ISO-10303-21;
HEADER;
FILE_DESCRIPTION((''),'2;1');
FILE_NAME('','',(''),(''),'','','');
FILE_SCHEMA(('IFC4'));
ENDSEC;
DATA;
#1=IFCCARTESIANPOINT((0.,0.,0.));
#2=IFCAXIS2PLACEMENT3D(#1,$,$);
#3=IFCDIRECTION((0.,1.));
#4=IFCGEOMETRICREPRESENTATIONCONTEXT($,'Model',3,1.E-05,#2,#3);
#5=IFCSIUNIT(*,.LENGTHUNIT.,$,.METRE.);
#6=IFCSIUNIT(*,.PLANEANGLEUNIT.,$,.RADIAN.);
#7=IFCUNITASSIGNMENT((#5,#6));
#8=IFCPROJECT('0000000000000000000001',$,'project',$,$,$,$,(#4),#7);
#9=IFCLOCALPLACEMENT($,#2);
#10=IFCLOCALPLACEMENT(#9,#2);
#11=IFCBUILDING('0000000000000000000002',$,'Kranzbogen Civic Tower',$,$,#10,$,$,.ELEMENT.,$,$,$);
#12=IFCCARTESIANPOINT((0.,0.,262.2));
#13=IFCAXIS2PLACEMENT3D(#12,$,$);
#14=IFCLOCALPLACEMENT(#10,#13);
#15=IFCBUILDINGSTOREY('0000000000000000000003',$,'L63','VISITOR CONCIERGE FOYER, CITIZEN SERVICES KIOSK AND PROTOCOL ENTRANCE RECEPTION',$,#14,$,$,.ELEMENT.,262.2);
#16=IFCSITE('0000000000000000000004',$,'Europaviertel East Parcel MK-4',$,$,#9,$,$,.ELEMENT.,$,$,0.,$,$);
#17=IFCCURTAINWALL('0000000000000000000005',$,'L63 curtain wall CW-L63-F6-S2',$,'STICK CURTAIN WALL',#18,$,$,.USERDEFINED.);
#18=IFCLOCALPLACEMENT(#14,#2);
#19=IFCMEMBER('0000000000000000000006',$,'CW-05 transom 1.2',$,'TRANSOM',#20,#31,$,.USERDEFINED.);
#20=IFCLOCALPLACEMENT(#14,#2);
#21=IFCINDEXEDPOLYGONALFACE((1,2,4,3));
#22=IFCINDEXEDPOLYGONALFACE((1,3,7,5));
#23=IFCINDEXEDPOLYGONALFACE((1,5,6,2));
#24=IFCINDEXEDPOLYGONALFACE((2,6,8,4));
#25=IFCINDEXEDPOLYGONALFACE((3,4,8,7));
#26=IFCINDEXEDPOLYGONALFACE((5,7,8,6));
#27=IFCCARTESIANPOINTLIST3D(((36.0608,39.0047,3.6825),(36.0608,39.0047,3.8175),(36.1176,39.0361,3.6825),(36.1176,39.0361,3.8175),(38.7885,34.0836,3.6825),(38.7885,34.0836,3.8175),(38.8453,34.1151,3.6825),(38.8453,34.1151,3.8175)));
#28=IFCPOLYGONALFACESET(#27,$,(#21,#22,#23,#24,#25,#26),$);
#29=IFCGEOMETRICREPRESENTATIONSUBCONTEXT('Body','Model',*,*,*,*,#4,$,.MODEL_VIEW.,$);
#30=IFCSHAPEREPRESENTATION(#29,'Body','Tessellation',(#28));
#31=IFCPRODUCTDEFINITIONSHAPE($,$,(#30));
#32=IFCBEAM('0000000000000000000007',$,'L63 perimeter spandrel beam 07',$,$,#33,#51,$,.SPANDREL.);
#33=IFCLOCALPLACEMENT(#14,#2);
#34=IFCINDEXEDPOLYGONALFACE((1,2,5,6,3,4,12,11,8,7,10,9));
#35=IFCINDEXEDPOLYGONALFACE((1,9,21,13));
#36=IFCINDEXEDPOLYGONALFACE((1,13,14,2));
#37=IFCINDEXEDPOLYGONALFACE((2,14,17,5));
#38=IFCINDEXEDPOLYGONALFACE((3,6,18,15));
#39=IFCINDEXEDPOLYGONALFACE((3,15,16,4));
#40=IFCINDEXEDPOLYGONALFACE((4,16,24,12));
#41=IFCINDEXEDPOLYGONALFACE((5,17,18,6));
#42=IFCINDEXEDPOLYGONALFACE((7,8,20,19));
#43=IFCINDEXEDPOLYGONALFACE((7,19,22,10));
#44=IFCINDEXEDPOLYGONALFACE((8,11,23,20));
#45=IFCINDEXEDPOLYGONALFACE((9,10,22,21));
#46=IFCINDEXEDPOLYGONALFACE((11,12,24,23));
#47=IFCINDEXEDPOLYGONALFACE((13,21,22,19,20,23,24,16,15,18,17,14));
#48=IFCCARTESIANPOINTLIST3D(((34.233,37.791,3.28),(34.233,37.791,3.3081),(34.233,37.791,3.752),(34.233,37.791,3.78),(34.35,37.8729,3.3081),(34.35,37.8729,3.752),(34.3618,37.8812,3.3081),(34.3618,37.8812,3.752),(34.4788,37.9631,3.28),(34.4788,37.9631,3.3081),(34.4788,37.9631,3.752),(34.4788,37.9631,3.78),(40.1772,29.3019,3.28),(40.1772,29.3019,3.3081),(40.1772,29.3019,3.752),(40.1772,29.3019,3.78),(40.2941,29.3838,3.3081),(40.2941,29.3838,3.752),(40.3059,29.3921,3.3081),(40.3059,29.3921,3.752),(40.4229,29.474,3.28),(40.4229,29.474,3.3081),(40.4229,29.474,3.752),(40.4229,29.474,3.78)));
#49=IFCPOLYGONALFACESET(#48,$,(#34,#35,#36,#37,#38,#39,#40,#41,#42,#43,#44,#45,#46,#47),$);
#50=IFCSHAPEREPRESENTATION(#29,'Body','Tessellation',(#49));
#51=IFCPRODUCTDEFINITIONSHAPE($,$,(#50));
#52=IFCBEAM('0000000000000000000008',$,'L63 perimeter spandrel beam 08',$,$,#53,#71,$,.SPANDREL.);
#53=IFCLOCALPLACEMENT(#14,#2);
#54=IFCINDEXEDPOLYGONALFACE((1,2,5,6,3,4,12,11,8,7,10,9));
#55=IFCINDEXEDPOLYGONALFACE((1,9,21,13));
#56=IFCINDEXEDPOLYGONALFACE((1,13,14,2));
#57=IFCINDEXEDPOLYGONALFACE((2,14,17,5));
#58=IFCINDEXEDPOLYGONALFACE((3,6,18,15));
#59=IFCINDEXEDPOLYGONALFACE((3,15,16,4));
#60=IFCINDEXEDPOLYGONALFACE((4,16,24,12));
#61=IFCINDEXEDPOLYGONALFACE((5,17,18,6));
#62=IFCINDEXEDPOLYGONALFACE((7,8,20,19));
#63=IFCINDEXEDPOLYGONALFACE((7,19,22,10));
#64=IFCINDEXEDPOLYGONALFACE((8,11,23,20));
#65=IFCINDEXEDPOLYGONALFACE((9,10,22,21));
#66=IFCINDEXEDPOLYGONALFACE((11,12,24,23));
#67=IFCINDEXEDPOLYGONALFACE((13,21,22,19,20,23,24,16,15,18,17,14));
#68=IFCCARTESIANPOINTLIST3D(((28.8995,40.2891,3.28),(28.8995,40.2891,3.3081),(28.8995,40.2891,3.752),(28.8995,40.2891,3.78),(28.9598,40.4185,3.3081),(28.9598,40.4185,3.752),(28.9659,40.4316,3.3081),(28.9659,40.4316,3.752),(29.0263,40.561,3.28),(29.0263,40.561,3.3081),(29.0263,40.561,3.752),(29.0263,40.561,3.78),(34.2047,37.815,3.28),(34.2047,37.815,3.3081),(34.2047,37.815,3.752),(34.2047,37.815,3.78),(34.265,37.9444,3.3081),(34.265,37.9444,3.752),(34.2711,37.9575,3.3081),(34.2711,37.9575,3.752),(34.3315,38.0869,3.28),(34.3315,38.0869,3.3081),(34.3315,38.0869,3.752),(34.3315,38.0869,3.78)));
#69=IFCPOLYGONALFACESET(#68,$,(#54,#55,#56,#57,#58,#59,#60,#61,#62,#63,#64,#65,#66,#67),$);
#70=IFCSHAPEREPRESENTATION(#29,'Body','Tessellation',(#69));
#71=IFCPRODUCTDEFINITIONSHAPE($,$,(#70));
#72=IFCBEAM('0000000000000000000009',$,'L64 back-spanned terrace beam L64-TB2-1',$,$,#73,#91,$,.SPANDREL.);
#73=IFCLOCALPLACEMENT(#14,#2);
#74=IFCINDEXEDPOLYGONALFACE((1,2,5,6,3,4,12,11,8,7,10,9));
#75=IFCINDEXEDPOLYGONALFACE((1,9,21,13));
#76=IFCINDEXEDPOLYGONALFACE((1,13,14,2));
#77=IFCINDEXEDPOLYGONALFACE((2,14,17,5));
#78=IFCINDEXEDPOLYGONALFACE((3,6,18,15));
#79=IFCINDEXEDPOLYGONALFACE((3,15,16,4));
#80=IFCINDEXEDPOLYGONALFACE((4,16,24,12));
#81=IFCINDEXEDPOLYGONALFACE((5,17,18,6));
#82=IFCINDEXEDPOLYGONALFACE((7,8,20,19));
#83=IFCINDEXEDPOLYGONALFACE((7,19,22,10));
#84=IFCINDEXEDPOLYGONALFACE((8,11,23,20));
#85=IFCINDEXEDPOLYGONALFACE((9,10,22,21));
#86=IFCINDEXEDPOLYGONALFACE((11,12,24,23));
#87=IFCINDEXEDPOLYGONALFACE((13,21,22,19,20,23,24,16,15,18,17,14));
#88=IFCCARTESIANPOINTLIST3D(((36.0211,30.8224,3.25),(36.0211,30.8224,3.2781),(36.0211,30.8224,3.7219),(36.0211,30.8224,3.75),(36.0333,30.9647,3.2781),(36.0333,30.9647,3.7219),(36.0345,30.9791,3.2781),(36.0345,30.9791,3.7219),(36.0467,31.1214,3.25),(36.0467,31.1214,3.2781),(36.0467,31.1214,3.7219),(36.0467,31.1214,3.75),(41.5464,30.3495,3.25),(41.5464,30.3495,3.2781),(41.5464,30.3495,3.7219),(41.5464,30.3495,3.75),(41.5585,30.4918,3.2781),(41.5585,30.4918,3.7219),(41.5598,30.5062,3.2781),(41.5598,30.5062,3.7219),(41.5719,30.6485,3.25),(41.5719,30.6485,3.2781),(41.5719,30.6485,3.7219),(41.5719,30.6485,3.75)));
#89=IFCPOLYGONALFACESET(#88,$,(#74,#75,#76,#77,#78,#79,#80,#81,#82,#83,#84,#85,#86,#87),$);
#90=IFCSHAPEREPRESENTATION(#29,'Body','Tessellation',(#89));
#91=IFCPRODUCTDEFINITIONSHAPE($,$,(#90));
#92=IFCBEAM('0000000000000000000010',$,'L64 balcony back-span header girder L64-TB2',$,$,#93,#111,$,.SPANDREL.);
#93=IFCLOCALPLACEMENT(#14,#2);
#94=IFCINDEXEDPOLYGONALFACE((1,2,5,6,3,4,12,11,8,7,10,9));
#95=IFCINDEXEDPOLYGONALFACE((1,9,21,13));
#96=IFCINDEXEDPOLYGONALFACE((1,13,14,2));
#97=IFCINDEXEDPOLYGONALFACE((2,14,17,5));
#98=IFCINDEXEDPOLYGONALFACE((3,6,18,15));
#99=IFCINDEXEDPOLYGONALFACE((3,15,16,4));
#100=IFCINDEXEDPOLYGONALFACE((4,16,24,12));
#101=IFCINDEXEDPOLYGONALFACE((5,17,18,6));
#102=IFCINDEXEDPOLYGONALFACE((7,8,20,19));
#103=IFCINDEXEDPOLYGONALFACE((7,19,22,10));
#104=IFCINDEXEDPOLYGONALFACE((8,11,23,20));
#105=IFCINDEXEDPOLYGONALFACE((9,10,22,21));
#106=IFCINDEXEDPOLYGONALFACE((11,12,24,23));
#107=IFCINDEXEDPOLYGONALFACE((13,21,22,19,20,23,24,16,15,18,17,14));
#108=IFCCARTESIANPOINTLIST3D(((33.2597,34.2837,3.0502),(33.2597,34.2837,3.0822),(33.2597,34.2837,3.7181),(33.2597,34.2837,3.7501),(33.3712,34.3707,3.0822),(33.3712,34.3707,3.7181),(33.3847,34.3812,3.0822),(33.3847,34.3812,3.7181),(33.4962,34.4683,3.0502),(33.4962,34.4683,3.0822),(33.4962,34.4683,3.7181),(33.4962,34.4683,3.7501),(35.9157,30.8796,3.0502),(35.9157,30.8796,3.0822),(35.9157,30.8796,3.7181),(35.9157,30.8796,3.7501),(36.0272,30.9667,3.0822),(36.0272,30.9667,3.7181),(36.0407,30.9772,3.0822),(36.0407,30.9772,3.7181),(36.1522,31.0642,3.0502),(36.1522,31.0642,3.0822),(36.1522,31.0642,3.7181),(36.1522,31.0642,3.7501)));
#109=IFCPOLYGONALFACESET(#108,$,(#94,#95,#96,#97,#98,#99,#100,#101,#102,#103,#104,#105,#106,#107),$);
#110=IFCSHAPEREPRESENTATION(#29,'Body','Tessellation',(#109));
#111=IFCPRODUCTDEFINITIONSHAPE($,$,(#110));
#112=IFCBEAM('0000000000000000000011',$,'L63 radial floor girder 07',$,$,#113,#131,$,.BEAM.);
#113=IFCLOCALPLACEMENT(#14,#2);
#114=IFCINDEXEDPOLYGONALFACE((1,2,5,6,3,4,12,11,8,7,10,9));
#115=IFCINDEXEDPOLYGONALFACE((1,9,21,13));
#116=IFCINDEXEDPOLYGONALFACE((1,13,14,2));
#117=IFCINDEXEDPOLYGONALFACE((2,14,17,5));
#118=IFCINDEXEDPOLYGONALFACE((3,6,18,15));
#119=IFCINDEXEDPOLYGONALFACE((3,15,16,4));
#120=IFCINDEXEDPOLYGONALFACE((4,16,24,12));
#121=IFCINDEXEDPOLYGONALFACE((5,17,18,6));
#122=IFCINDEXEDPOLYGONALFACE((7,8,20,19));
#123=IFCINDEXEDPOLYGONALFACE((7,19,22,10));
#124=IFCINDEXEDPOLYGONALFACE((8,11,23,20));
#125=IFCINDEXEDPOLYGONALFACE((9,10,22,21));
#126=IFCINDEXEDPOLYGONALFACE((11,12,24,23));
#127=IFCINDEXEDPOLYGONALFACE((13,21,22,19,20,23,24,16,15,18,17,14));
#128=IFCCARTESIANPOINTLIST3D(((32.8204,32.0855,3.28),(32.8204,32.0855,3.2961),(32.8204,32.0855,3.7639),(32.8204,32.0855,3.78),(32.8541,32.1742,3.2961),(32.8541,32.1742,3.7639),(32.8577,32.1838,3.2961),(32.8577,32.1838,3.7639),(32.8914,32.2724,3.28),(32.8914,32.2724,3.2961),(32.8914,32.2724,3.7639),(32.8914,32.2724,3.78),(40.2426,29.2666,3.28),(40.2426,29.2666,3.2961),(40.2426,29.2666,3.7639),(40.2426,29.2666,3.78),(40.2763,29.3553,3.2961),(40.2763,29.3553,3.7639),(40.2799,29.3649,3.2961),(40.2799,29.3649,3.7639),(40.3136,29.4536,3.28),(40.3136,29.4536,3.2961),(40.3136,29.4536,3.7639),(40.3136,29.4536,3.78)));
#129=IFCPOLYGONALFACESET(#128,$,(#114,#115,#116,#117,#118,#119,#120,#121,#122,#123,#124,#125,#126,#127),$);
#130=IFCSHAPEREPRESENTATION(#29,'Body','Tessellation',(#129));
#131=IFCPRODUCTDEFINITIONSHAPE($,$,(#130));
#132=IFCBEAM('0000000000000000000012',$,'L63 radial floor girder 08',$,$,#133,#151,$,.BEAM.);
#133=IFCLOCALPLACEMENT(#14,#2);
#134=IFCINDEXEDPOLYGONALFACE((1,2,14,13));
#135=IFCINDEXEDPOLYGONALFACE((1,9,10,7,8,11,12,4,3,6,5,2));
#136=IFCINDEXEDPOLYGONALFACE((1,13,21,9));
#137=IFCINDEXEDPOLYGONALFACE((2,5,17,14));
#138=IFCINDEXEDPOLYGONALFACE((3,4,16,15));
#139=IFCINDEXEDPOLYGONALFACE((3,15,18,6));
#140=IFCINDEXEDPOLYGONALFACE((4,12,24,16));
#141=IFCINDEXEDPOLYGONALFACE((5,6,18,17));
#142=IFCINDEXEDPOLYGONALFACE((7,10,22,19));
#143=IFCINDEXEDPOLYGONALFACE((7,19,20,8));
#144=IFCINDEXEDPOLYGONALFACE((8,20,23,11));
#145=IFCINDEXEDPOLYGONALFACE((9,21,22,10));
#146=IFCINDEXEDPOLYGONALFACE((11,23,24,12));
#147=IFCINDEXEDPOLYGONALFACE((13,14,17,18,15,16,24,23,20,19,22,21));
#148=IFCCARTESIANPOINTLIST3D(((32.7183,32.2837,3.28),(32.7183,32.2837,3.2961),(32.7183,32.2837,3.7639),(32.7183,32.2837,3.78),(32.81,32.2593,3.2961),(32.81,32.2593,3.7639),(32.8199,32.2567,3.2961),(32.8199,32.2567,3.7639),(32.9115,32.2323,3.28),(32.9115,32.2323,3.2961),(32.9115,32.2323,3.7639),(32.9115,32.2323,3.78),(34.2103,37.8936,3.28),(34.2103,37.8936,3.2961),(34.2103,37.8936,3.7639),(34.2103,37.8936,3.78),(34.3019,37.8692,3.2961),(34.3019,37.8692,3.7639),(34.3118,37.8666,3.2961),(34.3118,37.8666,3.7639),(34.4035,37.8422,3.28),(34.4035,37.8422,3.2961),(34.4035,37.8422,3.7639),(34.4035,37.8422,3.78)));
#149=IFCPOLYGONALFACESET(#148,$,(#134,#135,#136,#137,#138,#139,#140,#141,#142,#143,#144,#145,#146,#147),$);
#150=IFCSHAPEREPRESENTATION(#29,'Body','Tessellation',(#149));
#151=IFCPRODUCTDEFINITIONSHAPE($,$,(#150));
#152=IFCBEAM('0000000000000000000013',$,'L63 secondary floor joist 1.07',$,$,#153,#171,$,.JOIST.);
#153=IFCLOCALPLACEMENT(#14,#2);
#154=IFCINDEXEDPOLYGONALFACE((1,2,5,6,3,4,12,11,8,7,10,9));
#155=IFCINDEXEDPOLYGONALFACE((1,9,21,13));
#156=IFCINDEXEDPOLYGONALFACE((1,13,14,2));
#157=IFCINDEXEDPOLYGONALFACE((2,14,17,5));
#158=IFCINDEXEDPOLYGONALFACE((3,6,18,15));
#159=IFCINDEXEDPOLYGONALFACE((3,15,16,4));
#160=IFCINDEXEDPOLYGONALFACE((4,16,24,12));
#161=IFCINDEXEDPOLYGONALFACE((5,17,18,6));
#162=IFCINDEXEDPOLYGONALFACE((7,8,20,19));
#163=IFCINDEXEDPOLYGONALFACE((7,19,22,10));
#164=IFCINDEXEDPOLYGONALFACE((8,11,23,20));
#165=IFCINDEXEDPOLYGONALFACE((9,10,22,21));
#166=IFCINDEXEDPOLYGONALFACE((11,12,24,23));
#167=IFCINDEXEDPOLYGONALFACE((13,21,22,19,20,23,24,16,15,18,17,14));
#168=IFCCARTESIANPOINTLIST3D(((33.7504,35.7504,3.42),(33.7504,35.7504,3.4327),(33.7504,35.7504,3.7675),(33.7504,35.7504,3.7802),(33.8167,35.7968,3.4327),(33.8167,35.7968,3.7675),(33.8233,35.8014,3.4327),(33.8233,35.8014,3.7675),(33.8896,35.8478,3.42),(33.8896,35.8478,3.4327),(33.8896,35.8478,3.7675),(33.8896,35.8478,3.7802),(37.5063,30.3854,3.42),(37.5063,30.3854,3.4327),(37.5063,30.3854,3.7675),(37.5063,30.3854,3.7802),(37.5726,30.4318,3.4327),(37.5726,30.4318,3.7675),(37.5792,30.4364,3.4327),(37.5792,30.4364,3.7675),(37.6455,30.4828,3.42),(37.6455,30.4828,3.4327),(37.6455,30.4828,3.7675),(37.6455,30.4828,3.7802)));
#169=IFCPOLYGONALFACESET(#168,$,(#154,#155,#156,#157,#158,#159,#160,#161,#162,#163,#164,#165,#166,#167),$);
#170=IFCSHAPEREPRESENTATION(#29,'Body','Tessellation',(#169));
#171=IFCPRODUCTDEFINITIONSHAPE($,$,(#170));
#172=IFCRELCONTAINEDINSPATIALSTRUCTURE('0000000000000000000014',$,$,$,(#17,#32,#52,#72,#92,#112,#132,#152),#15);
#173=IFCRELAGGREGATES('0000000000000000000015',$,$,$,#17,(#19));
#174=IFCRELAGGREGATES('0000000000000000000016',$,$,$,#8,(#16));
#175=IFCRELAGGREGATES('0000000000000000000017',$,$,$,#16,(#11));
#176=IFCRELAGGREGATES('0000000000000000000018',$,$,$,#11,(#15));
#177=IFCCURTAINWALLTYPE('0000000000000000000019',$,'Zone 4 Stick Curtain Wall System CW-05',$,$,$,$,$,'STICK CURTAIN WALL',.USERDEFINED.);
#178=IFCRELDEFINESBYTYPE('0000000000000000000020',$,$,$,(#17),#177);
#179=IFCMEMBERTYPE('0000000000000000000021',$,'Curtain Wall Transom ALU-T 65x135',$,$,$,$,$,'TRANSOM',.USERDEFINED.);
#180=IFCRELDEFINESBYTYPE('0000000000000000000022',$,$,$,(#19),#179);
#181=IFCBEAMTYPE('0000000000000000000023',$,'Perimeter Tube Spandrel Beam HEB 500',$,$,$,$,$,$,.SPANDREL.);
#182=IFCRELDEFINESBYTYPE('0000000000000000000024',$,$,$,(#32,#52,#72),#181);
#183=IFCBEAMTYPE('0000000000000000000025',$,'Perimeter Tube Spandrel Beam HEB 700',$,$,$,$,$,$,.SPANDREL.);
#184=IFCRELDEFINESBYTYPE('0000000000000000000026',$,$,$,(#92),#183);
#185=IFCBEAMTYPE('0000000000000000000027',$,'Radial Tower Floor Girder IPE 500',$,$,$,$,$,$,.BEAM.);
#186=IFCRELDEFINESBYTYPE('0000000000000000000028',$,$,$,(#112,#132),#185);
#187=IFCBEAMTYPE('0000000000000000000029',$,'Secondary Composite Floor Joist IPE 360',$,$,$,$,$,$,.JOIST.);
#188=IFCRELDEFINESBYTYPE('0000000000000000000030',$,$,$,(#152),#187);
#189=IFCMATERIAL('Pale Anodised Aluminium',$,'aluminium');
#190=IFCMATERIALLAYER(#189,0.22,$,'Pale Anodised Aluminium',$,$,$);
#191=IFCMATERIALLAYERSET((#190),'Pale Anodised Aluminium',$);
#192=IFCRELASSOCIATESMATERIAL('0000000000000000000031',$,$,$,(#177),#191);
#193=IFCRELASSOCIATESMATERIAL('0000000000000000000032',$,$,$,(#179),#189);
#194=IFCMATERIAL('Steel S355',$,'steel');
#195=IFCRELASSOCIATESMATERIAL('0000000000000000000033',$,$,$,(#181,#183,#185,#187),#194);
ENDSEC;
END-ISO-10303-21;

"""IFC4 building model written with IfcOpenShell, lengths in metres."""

from ifc_helpers import new_model, si_unit, direction, frame, origin, origin_2d, place, context, subcontext, project, spatial, rectangle, i_section, extrude, material, layer, layer_set, material_profile, profile_set, type_object, element, aggregate, save


model = new_model("IFC4")

# Units and contexts
model_context = context("Model", 3, precision=1e-05, world=origin(), true_north=direction((0.0, 1.0)))
body_context = subcontext(model_context, "Body", "Model", "MODEL_VIEW")
ifc_project = project(units=[si_unit("LENGTHUNIT", "METRE"), si_unit("PLANEANGLEUNIT", "RADIAN")], contexts=[model_context])

# Site, building, storey
site_placement = place(None, origin())
site = spatial("IfcSite", under=ifc_project, at=site_placement, Name="Europaviertel East Parcel MK-4", CompositionType="ELEMENT", RefElevation=0.0)
building_placement = place(site_placement, origin())
building = spatial("IfcBuilding", under=site, at=building_placement, Name="Kranzbogen Civic Tower", CompositionType="ELEMENT")
storey_placement = place(building_placement, frame((0.0, 0.0, 262.2)))
storey = spatial("IfcBuildingStorey", under=building, at=storey_placement, Name="L63", Description="VISITOR CONCIERGE FOYER, CITIZEN SERVICES KIOSK AND PROTOCOL ENTRANCE RECEPTION", CompositionType="ELEMENT", Elevation=262.2)

# Shared definitions
ifc_material_1 = material(Name="Steel S355", Category="steel")

# Curtain wall
ifc_material_2 = material(Name="Pale Anodised Aluminium", Category="aluminium")
ifc_layer_1 = layer(ifc_material_2, 0.22, Name="Pale Anodised Aluminium")
ifc_layer_set_1 = layer_set([ifc_layer_1], Name="Pale Anodised Aluminium")
curtain_wall_type = type_object("IfcCurtainWallType", Name="Zone 4 Stick Curtain Wall System CW-05", ElementType="STICK CURTAIN WALL", PredefinedType="USERDEFINED", material=ifc_layer_set_1)
curtain_wall_1_placement = place(storey_placement, origin())
curtain_wall_1 = element("IfcCurtainWall", 1, at=curtain_wall_1_placement, inside=storey, type_object=curtain_wall_type, Name="L63 curtain wall CW-L63-F6-S2", ObjectType="STICK CURTAIN WALL", PredefinedType="USERDEFINED")

# Member
ifc_material_profile_1 = material_profile(ifc_material_2, rectangle(XDim=0.0649, YDim=0.135, at=origin_2d()), Name="ALU-T 65x135")
ifc_profile_set_1 = profile_set([ifc_material_profile_1], Name="Pale Anodised Aluminium")
member_type_1 = type_object("IfcMemberType", Name="Curtain Wall Transom ALU-T 65x135", ElementType="TRANSOM", PredefinedType="USERDEFINED", material=ifc_profile_set_1)
member_1_placement = place(storey_placement, frame((38.8169, 34.0994, 3.75), z_axis=(-0.484803, 0.874624, 0.0), x_axis=(-0.874624, -0.484803, 0.0)))
member_1 = element("IfcMember", 2, at=member_1_placement, type_object=member_type_1, Name="CW-05 transom 1.2", ObjectType="TRANSOM", PredefinedType="USERDEFINED", context=body_context, shape_type="SweptSolid", body=[
    extrude(rectangle(XDim=0.0649, YDim=0.135, at=origin_2d()), origin(), (0.0, 0.0, 1.0), 5.6265),
])

# Beams
ifc_material_profile_2 = material_profile(ifc_material_1, i_section(OverallWidth=0.3, OverallDepth=0.5, WebThickness=0.0144, FlangeThickness=0.0281, at=origin_2d()), Name="HEB 500")
ifc_profile_set_2 = profile_set([ifc_material_profile_2], Name="Steel S355")
beam_type_1 = type_object("IfcBeamType", Name="Perimeter Tube Spandrel Beam HEB 500", PredefinedType="SPANDREL", material=ifc_profile_set_2)
beam_1_placement = place(storey_placement, frame((40.3, 29.3879, 3.53), z_axis=(-0.573578, 0.819151, 0.0), x_axis=(-0.819151, -0.573578, 0.0)))
element("IfcBeam", 3, at=beam_1_placement, inside=storey, type_object=beam_type_1, Name="L63 perimeter spandrel beam 07", PredefinedType="SPANDREL", context=body_context, shape_type="SweptSolid", body=[
    extrude(i_section(OverallWidth=0.3, OverallDepth=0.5, WebThickness=0.0144, FlangeThickness=0.0281, at=origin_2d()), origin(), (0.0, 0.0, 1.0), 10.3633),
])
beam_2_placement = place(storey_placement, frame((34.2681, 37.9509, 3.53), z_axis=(-0.90629, 0.422657, 0.0), x_axis=(-0.422657, -0.90629, 0.0)))
element("IfcBeam", 4, at=beam_2_placement, inside=storey, type_object=beam_type_1, Name="L63 perimeter spandrel beam 08", PredefinedType="SPANDREL", context=body_context, shape_type="SweptSolid", body=[
    extrude(i_section(OverallWidth=0.3, OverallDepth=0.5, WebThickness=0.0144, FlangeThickness=0.0281, at=origin_2d()), origin(), (0.0, 0.0, 1.0), 5.8538),
])
beam_3_placement = place(storey_placement, frame((36.0339, 30.9719, 3.5), z_axis=(0.996357, -0.085279, 0.0), x_axis=(0.085279, 0.996357, 0.0)))
element("IfcBeam", 5, at=beam_3_placement, inside=storey, type_object=beam_type_1, Name="L64 back-spanned terrace beam L64-TB2-1", PredefinedType="SPANDREL", context=body_context, shape_type="SweptSolid", body=[
    extrude(i_section(OverallWidth=0.3, OverallDepth=0.5, WebThickness=0.0144, FlangeThickness=0.0281, at=origin_2d()), origin(), (0.0, 0.0, 1.0), 5.5454),
])
ifc_material_profile_3 = material_profile(ifc_material_1, i_section(OverallWidth=0.3, OverallDepth=0.7, WebThickness=0.0171, FlangeThickness=0.032, at=origin_2d()), Name="HEB 700")
ifc_profile_set_3 = profile_set([ifc_material_profile_3], Name="Steel S355")
beam_type_2 = type_object("IfcBeamType", Name="Perimeter Tube Spandrel Beam HEB 700", PredefinedType="SPANDREL", material=ifc_profile_set_3)
beam_4_placement = place(storey_placement, frame((36.0339, 30.9719, 3.4001), z_axis=(-0.615153, 0.788407, 0.0), x_axis=(-0.788407, -0.615153, 0.0)))
element("IfcBeam", 6, at=beam_4_placement, inside=storey, type_object=beam_type_2, Name="L64 balcony back-span header girder L64-TB2", PredefinedType="SPANDREL", context=body_context, shape_type="SweptSolid", body=[
    extrude(i_section(OverallWidth=0.3, OverallDepth=0.7, WebThickness=0.0171, FlangeThickness=0.032, at=origin_2d()), origin(), (0.0, 0.0, 1.0), 4.3176),
])
ifc_material_profile_4 = material_profile(ifc_material_1, i_section(OverallWidth=0.2, OverallDepth=0.5, WebThickness=0.0103, FlangeThickness=0.0161, at=origin_2d()), Name="IPE 500")
ifc_profile_set_4 = profile_set([ifc_material_profile_4], Name="Steel S355")
beam_type_3 = type_object("IfcBeamType", Name="Radial Tower Floor Girder IPE 500", PredefinedType="BEAM", material=ifc_profile_set_4)
beam_5_placement = place(storey_placement, frame((40.2781, 29.3601, 3.53), z_axis=(-0.934849, 0.355046, 0.0), x_axis=(-0.355046, -0.934849, 0.0)))
element("IfcBeam", 7, at=beam_5_placement, inside=storey, type_object=beam_type_3, Name="L63 radial floor girder 07", PredefinedType="BEAM", context=body_context, shape_type="SweptSolid", body=[
    extrude(i_section(OverallWidth=0.2, OverallDepth=0.5, WebThickness=0.0103, FlangeThickness=0.0161, at=origin_2d()), origin(), (0.0, 0.0, 1.0), 7.9395),
])
beam_6_placement = place(storey_placement, frame((34.3069, 37.8679, 3.53), z_axis=(-0.257016, -0.966407, 0.0), x_axis=(0.966407, -0.257016, 0.0)))
element("IfcBeam", 8, at=beam_6_placement, inside=storey, type_object=beam_type_3, Name="L63 radial floor girder 08", PredefinedType="BEAM", context=body_context, shape_type="SweptSolid", body=[
    extrude(i_section(OverallWidth=0.2, OverallDepth=0.5, WebThickness=0.0103, FlangeThickness=0.0161, at=origin_2d()), origin(), (0.0, 0.0, 1.0), 5.8049),
])
ifc_material_profile_5 = material_profile(ifc_material_1, i_section(OverallWidth=0.1699, OverallDepth=0.3601, WebThickness=0.0081, FlangeThickness=0.0127, at=origin_2d()), Name="IPE 360")
ifc_profile_set_5 = profile_set([ifc_material_profile_5], Name="Steel S355")
beam_type_4 = type_object("IfcBeamType", Name="Secondary Composite Floor Joist IPE 360", PredefinedType="JOIST", material=ifc_profile_set_5)
beam_7_placement = place(storey_placement, frame((37.5759, 30.4341, 3.6001), z_axis=(-0.5735, 0.819206, 0.0), x_axis=(-0.819206, -0.5735, 0.0)))
element("IfcBeam", 9, at=beam_7_placement, inside=storey, type_object=beam_type_4, Name="L63 secondary floor joist 1.07", PredefinedType="JOIST", context=body_context, shape_type="SweptSolid", body=[
    extrude(i_section(OverallWidth=0.1699, OverallDepth=0.3601, WebThickness=0.0081, FlangeThickness=0.0127, at=origin_2d()), origin(), (0.0, 0.0, 1.0), 6.5491),
])

aggregate(curtain_wall_1, [member_1])

save(model, "model.ifc")
